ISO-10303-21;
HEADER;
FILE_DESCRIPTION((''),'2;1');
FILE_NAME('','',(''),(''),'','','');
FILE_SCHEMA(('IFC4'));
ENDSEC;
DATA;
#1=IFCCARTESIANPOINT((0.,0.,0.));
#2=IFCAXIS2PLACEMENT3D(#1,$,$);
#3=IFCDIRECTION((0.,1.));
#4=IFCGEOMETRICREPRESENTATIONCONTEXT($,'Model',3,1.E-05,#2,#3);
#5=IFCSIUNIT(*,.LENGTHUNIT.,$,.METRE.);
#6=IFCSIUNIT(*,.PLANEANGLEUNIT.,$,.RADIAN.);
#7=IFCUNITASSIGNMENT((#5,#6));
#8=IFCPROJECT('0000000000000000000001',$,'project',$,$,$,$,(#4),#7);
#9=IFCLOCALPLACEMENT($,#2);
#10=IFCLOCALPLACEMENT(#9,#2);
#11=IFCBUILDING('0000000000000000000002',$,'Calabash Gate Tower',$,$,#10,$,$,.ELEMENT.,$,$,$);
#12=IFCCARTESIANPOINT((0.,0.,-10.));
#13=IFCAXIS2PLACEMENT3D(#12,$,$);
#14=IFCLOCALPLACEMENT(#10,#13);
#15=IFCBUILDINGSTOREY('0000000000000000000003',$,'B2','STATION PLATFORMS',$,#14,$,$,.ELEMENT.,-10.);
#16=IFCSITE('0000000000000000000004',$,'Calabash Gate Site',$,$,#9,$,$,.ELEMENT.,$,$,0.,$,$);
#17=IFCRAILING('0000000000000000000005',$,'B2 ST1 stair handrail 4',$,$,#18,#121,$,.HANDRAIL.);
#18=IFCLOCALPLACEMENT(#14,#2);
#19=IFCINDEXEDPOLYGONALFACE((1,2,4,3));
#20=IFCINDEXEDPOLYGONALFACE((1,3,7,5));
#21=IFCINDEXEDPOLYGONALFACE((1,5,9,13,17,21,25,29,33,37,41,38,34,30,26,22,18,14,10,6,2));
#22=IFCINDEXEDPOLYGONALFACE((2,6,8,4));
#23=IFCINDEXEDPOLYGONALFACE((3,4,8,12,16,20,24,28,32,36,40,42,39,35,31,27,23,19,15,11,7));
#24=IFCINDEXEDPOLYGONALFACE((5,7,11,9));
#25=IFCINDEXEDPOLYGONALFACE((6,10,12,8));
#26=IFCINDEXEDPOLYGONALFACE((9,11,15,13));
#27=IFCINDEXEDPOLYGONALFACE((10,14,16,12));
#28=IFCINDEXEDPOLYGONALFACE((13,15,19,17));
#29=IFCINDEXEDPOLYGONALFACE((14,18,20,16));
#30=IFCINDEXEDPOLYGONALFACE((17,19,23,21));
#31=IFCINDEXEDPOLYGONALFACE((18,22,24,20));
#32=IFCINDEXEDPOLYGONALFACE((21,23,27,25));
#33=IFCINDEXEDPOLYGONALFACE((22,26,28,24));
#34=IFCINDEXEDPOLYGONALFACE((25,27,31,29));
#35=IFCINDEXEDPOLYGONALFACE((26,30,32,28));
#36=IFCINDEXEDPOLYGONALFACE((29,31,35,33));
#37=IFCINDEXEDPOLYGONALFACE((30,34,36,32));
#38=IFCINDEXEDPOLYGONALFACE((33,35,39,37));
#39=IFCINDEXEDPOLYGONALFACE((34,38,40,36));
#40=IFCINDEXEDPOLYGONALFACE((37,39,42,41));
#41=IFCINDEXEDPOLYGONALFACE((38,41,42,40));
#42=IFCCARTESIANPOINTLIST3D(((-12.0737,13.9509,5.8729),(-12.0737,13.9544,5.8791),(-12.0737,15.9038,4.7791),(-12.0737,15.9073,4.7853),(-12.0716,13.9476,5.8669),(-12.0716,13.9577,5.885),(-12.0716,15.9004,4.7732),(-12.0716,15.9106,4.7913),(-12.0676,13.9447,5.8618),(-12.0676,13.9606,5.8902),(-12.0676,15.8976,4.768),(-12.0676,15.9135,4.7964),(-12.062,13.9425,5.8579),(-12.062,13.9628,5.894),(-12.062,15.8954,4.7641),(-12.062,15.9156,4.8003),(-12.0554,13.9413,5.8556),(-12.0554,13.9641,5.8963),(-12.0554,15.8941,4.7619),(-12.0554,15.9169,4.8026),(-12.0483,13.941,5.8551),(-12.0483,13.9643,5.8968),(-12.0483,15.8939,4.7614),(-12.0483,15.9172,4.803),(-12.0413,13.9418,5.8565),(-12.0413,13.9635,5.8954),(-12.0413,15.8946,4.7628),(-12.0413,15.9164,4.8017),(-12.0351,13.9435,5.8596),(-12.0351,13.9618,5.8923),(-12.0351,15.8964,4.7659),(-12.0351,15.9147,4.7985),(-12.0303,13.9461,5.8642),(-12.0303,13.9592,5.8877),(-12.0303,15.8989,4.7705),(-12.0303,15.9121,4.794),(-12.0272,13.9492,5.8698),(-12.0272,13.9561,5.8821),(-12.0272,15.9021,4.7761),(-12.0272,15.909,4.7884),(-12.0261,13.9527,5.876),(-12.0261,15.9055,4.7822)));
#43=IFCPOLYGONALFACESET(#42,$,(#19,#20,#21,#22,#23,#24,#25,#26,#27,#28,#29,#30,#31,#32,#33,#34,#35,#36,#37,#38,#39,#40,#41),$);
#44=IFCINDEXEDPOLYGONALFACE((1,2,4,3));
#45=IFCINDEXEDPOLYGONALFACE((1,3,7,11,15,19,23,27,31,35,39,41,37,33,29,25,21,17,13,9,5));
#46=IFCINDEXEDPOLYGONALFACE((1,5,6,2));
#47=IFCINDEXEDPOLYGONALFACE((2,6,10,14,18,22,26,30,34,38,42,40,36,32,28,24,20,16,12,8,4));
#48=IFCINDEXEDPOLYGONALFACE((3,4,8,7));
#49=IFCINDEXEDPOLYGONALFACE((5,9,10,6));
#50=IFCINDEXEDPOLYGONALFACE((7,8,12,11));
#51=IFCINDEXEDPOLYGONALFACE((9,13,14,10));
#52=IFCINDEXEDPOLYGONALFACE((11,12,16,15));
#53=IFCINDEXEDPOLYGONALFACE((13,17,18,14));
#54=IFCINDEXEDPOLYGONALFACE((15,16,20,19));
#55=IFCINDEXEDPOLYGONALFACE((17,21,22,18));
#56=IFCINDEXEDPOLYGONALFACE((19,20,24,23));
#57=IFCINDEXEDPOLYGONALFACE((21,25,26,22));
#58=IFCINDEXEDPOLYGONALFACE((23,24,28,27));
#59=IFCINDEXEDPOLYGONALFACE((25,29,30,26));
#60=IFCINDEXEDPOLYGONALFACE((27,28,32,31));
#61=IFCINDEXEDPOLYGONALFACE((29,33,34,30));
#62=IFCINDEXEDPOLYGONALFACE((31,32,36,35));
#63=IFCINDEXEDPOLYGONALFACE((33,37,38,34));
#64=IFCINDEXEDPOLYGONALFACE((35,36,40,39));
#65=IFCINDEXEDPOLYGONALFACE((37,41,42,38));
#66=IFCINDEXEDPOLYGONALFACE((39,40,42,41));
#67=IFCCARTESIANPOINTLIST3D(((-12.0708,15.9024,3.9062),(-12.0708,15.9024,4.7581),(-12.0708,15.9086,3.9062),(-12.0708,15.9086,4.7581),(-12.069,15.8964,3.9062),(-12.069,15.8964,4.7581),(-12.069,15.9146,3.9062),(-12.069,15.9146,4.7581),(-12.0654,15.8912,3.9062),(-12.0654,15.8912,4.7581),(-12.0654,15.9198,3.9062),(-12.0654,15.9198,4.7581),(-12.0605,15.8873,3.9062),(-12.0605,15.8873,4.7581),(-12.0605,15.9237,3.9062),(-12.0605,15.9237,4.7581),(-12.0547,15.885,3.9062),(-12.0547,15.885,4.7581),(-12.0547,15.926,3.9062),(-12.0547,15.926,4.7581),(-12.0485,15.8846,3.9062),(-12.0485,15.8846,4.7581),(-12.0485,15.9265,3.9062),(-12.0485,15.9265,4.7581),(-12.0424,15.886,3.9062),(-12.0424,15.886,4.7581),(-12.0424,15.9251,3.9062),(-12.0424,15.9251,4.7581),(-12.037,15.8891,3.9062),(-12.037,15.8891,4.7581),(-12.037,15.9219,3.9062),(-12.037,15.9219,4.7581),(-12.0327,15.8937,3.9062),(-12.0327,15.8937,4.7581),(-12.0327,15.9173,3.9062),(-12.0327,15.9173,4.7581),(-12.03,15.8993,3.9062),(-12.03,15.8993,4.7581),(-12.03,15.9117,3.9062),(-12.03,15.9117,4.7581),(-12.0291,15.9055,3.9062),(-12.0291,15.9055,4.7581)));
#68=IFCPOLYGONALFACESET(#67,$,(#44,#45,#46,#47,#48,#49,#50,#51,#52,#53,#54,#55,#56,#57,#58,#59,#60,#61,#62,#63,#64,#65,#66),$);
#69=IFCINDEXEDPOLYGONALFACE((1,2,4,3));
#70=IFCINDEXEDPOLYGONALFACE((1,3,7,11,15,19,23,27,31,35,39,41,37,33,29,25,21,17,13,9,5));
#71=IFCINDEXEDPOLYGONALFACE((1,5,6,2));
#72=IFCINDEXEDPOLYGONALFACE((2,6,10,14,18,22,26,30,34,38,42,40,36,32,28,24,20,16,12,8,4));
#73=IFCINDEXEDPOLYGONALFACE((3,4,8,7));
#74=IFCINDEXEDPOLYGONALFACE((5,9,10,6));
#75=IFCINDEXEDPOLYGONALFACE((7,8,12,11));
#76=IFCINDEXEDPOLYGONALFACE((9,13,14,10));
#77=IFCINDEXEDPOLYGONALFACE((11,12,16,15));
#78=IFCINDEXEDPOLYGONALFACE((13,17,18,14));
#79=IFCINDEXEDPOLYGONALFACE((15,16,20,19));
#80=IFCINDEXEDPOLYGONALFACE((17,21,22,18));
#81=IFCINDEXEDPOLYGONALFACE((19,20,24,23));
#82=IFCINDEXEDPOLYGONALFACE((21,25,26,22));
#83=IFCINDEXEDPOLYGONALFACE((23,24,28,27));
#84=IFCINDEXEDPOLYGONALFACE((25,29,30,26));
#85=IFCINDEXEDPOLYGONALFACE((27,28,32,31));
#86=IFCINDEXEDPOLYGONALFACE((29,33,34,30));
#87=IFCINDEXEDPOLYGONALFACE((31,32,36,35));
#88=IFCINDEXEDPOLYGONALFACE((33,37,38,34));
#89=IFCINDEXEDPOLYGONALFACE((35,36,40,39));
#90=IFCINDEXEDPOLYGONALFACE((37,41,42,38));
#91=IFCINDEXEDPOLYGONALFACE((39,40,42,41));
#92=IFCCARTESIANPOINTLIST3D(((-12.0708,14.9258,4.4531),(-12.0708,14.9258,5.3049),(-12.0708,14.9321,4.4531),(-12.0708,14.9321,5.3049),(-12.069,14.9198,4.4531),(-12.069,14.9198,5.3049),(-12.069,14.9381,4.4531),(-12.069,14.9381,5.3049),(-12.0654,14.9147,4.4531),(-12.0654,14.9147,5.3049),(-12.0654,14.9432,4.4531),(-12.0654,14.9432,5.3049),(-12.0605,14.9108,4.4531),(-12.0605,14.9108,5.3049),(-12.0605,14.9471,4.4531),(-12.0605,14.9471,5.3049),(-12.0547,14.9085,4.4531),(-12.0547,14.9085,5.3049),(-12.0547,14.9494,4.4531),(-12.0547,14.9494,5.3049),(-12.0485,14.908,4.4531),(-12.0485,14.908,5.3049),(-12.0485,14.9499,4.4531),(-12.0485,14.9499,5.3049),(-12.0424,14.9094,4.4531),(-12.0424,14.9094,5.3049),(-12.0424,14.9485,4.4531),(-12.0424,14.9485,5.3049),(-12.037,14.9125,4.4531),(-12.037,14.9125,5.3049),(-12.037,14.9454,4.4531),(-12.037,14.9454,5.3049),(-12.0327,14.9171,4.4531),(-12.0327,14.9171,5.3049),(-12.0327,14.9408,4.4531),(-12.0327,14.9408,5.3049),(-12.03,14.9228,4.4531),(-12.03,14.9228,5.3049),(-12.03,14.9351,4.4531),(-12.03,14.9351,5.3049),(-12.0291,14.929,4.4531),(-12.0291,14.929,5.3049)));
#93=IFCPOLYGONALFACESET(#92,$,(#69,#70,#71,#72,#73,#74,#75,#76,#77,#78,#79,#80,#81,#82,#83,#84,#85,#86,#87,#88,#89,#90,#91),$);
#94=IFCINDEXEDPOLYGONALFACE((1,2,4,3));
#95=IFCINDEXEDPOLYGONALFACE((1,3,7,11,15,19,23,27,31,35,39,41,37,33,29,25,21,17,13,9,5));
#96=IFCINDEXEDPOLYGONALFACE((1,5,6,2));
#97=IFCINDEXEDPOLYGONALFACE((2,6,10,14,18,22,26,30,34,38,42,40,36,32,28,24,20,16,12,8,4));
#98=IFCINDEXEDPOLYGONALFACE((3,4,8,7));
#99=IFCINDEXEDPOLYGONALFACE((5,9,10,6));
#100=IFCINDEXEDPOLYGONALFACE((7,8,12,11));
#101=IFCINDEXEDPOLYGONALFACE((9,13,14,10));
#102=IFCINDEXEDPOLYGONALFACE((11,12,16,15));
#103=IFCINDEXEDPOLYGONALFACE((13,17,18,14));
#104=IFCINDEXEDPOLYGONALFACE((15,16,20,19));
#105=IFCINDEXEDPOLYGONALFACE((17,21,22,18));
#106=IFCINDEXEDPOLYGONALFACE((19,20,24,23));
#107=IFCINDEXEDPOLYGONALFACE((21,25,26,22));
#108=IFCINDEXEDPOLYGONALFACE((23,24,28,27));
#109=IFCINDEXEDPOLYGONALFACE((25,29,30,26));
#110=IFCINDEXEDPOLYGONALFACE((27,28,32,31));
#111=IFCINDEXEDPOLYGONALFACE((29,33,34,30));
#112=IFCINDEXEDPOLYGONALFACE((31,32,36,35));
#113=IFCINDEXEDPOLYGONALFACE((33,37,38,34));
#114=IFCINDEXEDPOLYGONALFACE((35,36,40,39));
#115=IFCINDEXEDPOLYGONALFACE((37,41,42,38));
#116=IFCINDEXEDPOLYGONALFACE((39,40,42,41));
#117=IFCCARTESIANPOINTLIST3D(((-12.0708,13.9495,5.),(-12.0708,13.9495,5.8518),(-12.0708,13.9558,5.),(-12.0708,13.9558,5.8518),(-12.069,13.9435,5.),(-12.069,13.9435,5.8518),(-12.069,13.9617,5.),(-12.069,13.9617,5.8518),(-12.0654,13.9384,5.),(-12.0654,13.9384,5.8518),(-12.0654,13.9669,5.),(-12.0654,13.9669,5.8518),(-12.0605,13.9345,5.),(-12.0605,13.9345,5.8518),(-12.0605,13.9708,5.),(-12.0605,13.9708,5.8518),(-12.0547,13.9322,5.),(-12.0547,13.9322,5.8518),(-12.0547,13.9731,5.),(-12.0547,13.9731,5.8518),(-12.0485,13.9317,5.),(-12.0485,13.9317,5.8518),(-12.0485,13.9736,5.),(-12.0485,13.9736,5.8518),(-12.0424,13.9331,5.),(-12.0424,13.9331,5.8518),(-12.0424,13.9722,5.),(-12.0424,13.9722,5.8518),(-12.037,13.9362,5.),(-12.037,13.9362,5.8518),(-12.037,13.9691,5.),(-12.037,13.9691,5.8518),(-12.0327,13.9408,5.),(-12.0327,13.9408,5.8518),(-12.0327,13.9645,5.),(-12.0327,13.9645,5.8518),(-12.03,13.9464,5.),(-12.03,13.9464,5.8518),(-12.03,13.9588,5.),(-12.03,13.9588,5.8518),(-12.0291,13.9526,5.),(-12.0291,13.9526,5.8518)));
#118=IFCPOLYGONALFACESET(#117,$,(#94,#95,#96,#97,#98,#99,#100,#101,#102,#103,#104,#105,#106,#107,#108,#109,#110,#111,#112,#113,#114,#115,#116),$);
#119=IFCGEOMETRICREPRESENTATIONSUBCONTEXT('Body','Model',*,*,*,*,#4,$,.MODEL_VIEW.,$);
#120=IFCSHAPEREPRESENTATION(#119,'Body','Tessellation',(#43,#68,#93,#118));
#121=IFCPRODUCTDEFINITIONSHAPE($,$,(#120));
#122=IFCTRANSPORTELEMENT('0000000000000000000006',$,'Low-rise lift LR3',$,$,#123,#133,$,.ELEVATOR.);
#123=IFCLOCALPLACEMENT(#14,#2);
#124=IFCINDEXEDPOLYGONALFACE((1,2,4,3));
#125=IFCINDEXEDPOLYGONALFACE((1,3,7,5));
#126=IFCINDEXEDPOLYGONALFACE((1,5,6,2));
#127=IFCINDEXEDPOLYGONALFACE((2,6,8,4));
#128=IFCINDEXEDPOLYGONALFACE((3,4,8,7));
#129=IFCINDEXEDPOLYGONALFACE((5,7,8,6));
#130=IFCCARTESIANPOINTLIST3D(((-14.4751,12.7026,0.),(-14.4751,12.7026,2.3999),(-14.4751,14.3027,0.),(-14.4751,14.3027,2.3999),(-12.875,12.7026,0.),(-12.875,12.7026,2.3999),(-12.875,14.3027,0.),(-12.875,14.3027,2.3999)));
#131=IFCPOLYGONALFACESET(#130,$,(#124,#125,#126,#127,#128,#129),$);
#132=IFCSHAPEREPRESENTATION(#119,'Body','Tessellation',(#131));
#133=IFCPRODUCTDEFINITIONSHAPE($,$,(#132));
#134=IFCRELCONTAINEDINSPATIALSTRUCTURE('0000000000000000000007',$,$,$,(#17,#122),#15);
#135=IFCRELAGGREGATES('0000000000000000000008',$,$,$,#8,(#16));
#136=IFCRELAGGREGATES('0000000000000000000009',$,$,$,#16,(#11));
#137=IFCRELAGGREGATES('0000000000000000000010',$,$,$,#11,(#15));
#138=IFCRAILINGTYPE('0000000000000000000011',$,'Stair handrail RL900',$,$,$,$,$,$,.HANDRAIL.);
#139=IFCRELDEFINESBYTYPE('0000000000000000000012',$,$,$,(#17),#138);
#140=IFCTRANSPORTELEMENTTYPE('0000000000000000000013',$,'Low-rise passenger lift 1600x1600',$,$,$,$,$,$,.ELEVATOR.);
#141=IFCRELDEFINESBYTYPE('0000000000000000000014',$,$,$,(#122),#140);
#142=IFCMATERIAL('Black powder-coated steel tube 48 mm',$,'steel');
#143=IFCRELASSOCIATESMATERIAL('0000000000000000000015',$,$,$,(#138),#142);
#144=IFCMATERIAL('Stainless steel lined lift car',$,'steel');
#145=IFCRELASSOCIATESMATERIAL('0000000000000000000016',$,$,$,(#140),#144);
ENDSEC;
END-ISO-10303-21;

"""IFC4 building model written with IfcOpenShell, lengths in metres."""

from ifc_helpers import new_model, si_unit, direction, frame, origin, origin_2d, place, context, subcontext, project, spatial, rectangle, circle, extrude, material, type_object, element, save


model = new_model("IFC4")

# Units and contexts
model_context = context("Model", 3, precision=1e-05, world=origin(), true_north=direction((0.0, 1.0)))
body_context = subcontext(model_context, "Body", "Model", "MODEL_VIEW")
ifc_project = project(units=[si_unit("LENGTHUNIT", "METRE"), si_unit("PLANEANGLEUNIT", "RADIAN")], contexts=[model_context])

# Site, building, storey
site_placement = place(None, origin())
site = spatial("IfcSite", under=ifc_project, at=site_placement, Name="Calabash Gate Site", CompositionType="ELEMENT", RefElevation=0.0)
building_placement = place(site_placement, origin())
building = spatial("IfcBuilding", under=site, at=building_placement, Name="Calabash Gate Tower", CompositionType="ELEMENT")
storey_placement = place(building_placement, frame((0.0, 0.0, -10.0)))
storey = spatial("IfcBuildingStorey", under=building, at=storey_placement, Name="B2", Description="STATION PLATFORMS", CompositionType="ELEMENT", Elevation=-10.0)

# Railing
ifc_material_1 = material(Name="Black powder-coated steel tube 48 mm", Category="steel")
railing_type_1 = type_object("IfcRailingType", Name="Stair handrail RL900", PredefinedType="HANDRAIL", material=ifc_material_1)
railing_1_placement = place(storey_placement, frame((-12.05, 15.9055, 3.9062)))
element("IfcRailing", 1, at=railing_1_placement, inside=storey, type_object=railing_type_1, Name="B2 ST1 stair handrail 4", PredefinedType="HANDRAIL", context=body_context, shape_type="SweptSolid", body=[
    extrude(circle(Radius=0.0239, at=origin_2d()), frame((0.0, 0.0, 0.876), z_axis=(0.0, -0.87248, 0.48865), x_axis=(1.0, 0.0, 0.0)), (0.0, 0.0, 1.0), 2.2383),
    extrude(circle(Radius=0.021, at=origin_2d()), origin(), (0.0, 0.0, 1.0), 0.8518),
    extrude(circle(Radius=0.021, at=origin_2d()), frame((0.0, -0.9766, 0.5469)), (0.0, 0.0, 1.0), 0.8518),
    extrude(circle(Radius=0.021, at=origin_2d()), frame((0.0, -1.9529, 1.0938)), (0.0, 0.0, 1.0), 0.8518),
])

# Transport element
ifc_material_2 = material(Name="Stainless steel lined lift car", Category="steel")
transport_element_type = type_object("IfcTransportElementType", Name="Low-rise passenger lift 1600x1600", PredefinedType="ELEVATOR", material=ifc_material_2)
transport_element_placement = place(storey_placement, frame((-13.675, 13.5027, 0.0), z_axis=(0.0, 0.0, 1.0), x_axis=(1.0, 0.0, 0.0)))
element("IfcTransportElement", 2, at=transport_element_placement, inside=storey, type_object=transport_element_type, Name="Low-rise lift LR3", PredefinedType="ELEVATOR", context=body_context, shape_type="SweptSolid", body=[
    extrude(rectangle(XDim=1.6001, YDim=1.6001, at=origin_2d()), origin(), (0.0, 0.0, 1.0), 2.3999),
])

save(model, "model.ifc")
